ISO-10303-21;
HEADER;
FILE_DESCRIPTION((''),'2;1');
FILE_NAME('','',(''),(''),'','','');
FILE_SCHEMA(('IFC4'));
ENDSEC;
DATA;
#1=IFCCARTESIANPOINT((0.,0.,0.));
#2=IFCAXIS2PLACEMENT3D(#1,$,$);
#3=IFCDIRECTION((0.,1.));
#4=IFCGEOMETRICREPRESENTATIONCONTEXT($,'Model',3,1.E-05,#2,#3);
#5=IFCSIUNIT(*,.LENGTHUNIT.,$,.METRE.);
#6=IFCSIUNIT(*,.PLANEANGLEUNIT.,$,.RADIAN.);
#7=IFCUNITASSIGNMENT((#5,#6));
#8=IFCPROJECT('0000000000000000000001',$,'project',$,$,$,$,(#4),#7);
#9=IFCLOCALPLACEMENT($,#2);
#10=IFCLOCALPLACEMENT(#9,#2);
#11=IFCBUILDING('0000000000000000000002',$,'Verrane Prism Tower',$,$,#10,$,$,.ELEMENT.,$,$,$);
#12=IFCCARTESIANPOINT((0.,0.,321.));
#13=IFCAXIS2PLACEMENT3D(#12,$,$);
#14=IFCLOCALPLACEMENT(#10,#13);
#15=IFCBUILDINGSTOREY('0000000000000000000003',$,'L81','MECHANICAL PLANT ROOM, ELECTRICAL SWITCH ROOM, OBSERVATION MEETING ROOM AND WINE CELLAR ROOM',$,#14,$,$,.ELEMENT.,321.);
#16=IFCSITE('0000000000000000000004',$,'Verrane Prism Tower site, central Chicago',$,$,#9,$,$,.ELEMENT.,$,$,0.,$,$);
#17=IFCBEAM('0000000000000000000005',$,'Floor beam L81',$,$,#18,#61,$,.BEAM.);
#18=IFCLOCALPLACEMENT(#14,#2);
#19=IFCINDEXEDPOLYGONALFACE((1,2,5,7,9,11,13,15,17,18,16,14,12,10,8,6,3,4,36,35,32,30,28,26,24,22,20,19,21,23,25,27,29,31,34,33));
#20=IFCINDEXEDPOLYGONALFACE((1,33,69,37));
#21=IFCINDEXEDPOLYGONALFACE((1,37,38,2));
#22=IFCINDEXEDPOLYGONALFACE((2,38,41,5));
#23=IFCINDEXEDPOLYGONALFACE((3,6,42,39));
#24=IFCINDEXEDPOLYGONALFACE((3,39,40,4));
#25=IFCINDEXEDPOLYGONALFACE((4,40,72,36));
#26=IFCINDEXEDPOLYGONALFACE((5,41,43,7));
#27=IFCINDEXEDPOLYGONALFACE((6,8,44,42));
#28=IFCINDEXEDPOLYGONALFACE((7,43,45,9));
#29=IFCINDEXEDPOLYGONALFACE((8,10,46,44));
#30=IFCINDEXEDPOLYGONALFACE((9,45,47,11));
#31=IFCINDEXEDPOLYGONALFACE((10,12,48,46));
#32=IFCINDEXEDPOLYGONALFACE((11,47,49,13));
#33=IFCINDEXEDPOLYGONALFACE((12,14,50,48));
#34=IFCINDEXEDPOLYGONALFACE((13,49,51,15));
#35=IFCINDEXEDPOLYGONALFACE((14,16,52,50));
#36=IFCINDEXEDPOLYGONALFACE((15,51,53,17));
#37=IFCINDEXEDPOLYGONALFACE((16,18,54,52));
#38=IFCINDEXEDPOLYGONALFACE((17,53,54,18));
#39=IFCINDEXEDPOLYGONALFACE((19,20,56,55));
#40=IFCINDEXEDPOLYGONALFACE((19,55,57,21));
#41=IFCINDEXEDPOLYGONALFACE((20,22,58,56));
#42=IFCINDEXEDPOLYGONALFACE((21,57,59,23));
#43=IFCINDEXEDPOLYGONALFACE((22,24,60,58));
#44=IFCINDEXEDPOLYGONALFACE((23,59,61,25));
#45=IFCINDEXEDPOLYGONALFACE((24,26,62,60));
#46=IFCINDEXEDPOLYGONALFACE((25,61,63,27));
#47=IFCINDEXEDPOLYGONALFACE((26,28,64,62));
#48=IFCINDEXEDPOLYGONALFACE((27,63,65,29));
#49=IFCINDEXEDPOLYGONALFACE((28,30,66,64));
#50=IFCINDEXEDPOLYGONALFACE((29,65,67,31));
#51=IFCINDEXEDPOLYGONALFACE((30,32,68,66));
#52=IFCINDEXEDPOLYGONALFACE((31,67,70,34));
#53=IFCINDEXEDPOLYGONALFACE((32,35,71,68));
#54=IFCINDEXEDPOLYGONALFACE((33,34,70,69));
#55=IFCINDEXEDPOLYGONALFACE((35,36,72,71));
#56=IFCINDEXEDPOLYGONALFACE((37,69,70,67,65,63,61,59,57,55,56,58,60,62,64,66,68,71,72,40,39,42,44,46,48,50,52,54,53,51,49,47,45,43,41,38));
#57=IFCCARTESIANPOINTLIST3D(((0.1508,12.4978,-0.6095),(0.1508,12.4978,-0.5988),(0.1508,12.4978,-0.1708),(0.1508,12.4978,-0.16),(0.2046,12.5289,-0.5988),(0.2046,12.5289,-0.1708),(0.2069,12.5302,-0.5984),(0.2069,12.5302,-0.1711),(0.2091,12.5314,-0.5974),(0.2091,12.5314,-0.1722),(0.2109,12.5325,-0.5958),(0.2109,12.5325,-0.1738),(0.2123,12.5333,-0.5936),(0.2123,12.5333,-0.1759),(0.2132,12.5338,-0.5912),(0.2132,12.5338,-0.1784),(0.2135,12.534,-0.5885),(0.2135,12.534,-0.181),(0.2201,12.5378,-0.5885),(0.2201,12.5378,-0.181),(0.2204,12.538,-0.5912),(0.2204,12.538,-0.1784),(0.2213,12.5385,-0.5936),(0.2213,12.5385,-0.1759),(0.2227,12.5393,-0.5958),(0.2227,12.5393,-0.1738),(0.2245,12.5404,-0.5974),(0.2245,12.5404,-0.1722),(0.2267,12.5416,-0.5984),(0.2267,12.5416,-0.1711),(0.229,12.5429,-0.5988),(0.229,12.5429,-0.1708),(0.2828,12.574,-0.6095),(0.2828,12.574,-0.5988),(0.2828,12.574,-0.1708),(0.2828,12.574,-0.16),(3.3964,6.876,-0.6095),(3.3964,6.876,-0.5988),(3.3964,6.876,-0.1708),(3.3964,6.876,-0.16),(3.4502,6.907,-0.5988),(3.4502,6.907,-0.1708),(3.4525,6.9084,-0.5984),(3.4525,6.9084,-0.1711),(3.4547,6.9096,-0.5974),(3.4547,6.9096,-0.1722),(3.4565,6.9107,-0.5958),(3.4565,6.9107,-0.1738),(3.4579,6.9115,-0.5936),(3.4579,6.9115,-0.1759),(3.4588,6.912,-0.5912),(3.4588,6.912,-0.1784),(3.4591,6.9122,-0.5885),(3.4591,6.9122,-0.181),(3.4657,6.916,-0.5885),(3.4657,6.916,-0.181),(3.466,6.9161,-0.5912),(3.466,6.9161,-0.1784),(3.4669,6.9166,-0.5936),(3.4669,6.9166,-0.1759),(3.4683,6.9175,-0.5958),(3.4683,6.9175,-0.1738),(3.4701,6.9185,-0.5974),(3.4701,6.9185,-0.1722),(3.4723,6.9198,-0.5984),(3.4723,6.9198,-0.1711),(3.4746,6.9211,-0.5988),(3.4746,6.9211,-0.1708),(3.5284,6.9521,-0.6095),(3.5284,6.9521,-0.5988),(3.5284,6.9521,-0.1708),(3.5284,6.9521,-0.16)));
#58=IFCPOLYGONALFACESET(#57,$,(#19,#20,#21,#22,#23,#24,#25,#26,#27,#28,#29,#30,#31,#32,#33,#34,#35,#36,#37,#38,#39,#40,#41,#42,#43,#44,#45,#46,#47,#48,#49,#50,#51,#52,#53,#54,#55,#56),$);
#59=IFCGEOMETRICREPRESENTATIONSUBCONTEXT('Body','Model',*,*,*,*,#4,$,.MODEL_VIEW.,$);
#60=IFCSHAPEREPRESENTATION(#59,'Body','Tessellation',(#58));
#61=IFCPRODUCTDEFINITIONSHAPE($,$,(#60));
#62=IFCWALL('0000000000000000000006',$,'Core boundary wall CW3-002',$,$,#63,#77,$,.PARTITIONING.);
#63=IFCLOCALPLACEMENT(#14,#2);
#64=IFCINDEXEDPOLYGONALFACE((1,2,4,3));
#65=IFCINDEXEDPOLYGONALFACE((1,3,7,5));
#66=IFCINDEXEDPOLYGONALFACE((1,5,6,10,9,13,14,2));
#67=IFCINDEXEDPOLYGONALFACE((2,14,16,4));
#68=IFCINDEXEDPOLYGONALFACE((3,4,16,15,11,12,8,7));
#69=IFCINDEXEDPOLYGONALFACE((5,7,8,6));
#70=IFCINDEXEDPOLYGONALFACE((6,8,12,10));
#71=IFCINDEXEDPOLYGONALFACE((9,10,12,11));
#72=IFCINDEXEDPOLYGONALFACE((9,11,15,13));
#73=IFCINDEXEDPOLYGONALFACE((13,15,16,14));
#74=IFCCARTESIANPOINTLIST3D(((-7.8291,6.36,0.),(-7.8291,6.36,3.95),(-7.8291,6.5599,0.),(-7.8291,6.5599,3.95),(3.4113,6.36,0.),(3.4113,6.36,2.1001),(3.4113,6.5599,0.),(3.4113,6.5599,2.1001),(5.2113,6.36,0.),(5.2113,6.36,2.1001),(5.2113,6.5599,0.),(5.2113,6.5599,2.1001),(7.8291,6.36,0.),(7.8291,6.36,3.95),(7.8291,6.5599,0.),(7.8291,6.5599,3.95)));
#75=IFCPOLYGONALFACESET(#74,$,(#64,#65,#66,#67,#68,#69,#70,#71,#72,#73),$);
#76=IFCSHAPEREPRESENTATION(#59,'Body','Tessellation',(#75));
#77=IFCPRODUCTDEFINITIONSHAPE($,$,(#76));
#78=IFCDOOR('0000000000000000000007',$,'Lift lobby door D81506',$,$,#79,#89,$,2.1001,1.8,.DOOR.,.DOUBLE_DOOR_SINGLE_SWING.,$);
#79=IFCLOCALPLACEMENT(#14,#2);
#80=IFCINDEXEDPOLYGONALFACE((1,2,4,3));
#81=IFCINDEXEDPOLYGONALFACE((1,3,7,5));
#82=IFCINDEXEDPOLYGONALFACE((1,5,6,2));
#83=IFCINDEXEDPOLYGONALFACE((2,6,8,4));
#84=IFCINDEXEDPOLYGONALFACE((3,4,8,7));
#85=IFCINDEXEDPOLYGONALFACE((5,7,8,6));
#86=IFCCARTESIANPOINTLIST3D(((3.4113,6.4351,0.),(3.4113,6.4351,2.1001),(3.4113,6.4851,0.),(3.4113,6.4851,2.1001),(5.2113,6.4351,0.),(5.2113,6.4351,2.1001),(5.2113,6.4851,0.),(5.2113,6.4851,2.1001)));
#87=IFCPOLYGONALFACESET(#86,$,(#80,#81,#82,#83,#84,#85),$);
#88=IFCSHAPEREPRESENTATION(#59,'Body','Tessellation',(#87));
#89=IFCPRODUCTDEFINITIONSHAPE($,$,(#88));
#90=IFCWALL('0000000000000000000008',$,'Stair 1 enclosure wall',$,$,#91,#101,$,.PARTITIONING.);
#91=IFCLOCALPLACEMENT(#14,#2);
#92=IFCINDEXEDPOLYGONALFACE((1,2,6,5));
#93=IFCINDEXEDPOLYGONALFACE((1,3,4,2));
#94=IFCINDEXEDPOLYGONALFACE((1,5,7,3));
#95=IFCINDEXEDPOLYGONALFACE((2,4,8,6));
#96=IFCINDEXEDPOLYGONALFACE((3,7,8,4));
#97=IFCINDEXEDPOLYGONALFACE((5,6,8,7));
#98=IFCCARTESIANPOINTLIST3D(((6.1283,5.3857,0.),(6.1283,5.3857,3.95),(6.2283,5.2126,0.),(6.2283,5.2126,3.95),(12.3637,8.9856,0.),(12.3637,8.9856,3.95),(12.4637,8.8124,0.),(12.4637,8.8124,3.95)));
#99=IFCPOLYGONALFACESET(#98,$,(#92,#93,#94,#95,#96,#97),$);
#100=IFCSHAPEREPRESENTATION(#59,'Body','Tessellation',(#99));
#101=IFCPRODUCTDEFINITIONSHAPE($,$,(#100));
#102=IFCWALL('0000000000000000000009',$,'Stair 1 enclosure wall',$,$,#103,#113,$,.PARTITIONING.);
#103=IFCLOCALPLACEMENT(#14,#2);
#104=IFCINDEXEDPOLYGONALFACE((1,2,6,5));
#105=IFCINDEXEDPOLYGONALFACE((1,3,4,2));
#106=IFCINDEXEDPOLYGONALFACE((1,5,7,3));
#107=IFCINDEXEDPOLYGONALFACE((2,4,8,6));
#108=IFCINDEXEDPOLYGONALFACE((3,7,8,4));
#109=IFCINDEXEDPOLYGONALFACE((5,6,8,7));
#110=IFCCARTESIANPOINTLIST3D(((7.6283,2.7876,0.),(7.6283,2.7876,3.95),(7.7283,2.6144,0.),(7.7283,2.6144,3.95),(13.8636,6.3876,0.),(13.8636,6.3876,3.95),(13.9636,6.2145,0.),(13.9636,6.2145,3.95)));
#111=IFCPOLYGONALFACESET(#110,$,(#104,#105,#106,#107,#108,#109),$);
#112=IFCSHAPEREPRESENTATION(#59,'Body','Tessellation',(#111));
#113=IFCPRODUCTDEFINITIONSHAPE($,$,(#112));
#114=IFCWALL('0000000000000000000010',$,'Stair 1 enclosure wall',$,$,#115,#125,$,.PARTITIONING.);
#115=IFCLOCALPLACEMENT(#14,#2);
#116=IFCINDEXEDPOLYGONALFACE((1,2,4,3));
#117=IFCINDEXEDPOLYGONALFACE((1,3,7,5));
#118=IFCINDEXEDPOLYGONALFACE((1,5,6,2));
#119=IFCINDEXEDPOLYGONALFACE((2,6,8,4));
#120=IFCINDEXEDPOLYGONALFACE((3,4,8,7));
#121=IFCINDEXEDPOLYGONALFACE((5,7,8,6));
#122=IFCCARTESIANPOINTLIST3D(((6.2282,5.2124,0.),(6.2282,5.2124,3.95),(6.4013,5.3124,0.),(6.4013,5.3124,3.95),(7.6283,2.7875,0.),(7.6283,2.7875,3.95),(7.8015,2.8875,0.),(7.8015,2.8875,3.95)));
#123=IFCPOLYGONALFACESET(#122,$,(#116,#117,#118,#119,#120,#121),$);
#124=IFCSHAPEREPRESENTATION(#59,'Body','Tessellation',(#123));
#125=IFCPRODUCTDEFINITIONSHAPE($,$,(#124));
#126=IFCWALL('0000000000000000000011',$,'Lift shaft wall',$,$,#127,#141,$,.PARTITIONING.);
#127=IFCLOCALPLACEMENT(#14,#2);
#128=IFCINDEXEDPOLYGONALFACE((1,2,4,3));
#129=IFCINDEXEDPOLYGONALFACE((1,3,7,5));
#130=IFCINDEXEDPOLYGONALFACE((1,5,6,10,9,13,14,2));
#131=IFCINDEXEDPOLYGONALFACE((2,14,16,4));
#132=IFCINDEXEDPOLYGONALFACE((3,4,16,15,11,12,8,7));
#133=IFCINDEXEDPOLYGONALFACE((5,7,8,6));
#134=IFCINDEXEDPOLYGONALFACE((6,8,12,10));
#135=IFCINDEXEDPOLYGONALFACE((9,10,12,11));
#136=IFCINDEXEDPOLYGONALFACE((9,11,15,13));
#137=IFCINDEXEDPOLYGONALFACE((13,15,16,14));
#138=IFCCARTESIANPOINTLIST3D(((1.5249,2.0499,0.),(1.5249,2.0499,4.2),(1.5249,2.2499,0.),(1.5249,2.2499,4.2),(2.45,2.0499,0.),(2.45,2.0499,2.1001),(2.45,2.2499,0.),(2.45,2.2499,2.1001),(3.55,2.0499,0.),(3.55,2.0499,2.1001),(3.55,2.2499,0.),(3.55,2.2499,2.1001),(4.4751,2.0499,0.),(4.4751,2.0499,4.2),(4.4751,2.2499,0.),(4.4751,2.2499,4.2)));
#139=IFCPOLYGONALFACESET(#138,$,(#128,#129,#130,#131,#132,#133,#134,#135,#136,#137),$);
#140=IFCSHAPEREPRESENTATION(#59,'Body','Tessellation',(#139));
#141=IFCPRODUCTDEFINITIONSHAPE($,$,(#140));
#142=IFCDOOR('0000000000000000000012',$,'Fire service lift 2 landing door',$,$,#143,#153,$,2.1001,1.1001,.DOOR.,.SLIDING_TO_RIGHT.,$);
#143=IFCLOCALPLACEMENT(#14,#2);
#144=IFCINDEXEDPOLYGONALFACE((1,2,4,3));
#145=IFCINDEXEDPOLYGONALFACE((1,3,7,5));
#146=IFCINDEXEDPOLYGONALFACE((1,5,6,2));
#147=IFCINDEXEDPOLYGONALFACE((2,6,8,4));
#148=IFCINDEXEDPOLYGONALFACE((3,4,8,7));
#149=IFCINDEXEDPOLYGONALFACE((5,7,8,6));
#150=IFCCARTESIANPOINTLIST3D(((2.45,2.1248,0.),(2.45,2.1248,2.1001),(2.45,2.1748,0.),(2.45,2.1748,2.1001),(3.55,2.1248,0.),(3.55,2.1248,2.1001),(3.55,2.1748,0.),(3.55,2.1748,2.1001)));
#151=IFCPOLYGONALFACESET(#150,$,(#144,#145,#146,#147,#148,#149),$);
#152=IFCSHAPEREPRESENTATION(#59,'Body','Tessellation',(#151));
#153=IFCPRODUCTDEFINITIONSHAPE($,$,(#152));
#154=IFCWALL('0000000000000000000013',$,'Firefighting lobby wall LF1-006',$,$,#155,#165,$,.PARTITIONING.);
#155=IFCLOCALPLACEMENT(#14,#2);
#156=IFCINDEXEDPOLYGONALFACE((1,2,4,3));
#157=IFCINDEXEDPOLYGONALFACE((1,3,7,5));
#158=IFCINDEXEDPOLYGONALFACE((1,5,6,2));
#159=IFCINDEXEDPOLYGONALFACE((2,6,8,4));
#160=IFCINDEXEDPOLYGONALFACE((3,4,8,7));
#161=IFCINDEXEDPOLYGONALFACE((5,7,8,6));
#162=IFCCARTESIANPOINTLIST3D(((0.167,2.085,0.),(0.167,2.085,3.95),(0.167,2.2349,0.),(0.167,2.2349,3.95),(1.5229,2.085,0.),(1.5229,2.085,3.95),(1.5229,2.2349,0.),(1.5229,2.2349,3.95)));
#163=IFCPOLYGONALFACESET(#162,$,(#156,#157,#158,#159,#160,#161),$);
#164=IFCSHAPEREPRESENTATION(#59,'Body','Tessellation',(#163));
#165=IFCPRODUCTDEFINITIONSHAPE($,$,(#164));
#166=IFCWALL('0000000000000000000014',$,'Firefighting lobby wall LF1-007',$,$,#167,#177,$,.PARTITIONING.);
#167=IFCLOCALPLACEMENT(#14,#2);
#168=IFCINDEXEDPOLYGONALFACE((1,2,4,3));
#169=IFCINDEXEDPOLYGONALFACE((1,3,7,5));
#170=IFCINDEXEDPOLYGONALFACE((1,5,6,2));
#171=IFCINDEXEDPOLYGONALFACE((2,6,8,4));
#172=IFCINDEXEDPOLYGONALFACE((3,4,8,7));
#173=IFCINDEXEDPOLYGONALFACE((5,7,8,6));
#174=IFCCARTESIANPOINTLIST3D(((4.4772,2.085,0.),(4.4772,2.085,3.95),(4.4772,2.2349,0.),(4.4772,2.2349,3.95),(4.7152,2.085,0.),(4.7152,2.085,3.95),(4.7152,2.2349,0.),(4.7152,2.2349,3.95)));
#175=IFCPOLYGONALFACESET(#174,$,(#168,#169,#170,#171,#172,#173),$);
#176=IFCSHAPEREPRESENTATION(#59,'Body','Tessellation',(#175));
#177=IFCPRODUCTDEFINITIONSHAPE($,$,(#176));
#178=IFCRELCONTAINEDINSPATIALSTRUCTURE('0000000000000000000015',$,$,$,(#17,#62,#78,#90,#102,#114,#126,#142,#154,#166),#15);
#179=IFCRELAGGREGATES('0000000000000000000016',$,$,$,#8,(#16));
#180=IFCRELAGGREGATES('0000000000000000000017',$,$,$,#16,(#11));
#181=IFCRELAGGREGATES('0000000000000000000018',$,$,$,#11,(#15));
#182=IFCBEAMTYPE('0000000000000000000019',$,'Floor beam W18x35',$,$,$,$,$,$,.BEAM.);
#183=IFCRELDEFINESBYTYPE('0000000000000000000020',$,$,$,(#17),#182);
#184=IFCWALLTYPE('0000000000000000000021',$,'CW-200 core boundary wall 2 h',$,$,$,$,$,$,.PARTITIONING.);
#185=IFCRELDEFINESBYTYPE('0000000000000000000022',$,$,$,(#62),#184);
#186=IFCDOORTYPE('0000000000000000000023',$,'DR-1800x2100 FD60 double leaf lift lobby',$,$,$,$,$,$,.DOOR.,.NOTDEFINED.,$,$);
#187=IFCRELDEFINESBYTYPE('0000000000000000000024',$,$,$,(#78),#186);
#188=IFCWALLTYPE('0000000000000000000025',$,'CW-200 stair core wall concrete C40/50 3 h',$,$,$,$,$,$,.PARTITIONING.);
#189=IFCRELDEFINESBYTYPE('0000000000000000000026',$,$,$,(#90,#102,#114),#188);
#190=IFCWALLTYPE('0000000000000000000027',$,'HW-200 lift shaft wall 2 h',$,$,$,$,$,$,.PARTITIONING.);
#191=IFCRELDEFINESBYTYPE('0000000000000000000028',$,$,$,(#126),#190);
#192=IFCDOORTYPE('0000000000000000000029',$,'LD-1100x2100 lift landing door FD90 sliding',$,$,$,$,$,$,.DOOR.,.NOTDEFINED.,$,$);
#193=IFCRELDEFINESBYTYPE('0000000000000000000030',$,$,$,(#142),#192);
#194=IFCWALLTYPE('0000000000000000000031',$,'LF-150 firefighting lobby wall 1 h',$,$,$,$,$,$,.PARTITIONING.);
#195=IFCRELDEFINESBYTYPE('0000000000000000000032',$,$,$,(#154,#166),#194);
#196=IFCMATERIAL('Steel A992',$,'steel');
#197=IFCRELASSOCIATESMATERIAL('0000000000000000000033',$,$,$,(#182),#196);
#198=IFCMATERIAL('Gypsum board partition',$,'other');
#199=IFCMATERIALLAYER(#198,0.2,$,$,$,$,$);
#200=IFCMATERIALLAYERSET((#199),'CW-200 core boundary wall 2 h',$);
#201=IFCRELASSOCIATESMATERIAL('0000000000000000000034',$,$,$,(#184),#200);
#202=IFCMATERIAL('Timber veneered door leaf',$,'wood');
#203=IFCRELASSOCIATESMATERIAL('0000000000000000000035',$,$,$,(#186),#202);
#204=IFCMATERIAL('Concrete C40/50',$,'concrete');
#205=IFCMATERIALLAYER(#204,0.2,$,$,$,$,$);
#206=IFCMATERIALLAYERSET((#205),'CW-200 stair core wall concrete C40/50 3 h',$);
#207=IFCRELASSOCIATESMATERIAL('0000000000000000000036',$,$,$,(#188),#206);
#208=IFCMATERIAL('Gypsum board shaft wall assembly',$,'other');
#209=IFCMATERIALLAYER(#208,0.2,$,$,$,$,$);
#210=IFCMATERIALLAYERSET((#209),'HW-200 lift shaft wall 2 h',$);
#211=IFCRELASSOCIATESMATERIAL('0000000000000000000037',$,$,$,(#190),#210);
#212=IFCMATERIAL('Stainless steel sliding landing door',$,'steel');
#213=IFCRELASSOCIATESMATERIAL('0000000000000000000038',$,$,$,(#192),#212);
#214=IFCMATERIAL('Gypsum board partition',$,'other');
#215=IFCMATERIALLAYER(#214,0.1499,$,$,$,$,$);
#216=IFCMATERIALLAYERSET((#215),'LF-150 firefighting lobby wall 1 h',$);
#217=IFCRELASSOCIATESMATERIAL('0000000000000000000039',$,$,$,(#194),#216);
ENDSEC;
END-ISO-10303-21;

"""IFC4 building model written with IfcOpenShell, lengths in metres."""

from ifc_helpers import new_model, si_unit, direction, frame, frame_2d, origin, origin_2d, place, context, subcontext, project, spatial, rectangle, i_section, extrude, material, layer, layer_set, material_profile, profile_set, type_object, element, fill, save


model = new_model("IFC4")

# Units and contexts
model_context = context("Model", 3, precision=1e-05, world=origin(), true_north=direction((0.0, 1.0)))
body_context = subcontext(model_context, "Body", "Model", "MODEL_VIEW")
ifc_project = project(units=[si_unit("LENGTHUNIT", "METRE"), si_unit("PLANEANGLEUNIT", "RADIAN")], contexts=[model_context])

# Site, building, storey
site_placement = place(None, origin())
site = spatial("IfcSite", under=ifc_project, at=site_placement, Name="Verrane Prism Tower site, central Chicago", CompositionType="ELEMENT", RefElevation=0.0)
building_placement = place(site_placement, origin())
building = spatial("IfcBuilding", under=site, at=building_placement, Name="Verrane Prism Tower", CompositionType="ELEMENT")
storey_placement = place(building_placement, frame((0.0, 0.0, 321.0)))
storey = spatial("IfcBuildingStorey", under=building, at=storey_placement, Name="L81", Description="MECHANICAL PLANT ROOM, ELECTRICAL SWITCH ROOM, OBSERVATION MEETING ROOM AND WINE CELLAR ROOM", CompositionType="ELEMENT", Elevation=321.0)

# Beam
ifc_material_1 = material(Name="Steel A992", Category="steel")
ifc_material_profile_1 = material_profile(ifc_material_1, i_section(OverallWidth=0.1523, OverallDepth=0.4495, WebThickness=0.0076, FlangeThickness=0.0107, FilletRadius=0.0103, at=origin_2d()), Name="W18x35")
ifc_profile_set_1 = profile_set([ifc_material_profile_1], Name="Steel A992")
beam_type_1 = type_object("IfcBeamType", Name="Floor beam W18x35", PredefinedType="BEAM", material=ifc_profile_set_1)
beam_1_placement = place(storey_placement, frame((3.4624, 6.9141, -0.3848), z_axis=(-0.499982, 0.866036, 0.0), x_axis=(-0.866036, -0.499982, 0.0)))
element("IfcBeam", 1, at=beam_1_placement, inside=storey, type_object=beam_type_1, Name="Floor beam L81", PredefinedType="BEAM", context=body_context, shape_type="SweptSolid", body=[
    extrude(i_section(OverallWidth=0.1523, OverallDepth=0.4495, WebThickness=0.0076, FlangeThickness=0.0107, FilletRadius=0.0103, at=origin_2d()), origin(), (0.0, 0.0, 1.0), 6.4915),
])

# Wall, opening, door
ifc_material_2 = material(Name="Gypsum board partition", Category="other")
ifc_layer_1 = layer(ifc_material_2, 0.2)
ifc_layer_set_1 = layer_set([ifc_layer_1], Name="CW-200 core boundary wall 2 h")
wall_type_1 = type_object("IfcWallType", Name="CW-200 core boundary wall 2 h", PredefinedType="PARTITIONING", material=ifc_layer_set_1)
wall_1_placement = place(storey_placement, frame((7.8291, 6.46, 0.0), z_axis=(0.0, 0.0, 1.0), x_axis=(-1.0, 0.0, 0.0)))
wall_1 = element("IfcWall", 2, at=wall_1_placement, inside=storey, type_object=wall_type_1, Name="Core boundary wall CW3-002", PredefinedType="PARTITIONING", context=body_context, shape_type="SweptSolid", body=[
    extrude(rectangle(XDim=15.6582, YDim=0.2, at=frame_2d((7.8291, 0.0))), origin(), (0.0, 0.0, 1.0), 3.95),
])
opening_1_placement = place(wall_1_placement, frame((2.6179, 0.0, 0.0)))
opening_1 = element("IfcOpeningElement", 3, at=opening_1_placement, cuts=wall_1, PredefinedType="OPENING", context=body_context, shape_type="SweptSolid", body=[
    extrude(rectangle(XDim=1.8, YDim=2.1001, at=frame_2d((0.8999, 1.05))), frame((0.0, 0.1099, 0.0), z_axis=(0.0, -1.0, 0.0), x_axis=(1.0, 0.0, 0.0)), (0.0, 0.0, 1.0), 0.22),
])
ifc_material_3 = material(Name="Timber veneered door leaf", Category="wood")
door_type_1 = type_object("IfcDoorType", Name="DR-1800x2100 FD60 double leaf lift lobby", OperationType="NOTDEFINED", PredefinedType="DOOR", material=ifc_material_3)
door_1_placement = place(opening_1_placement, origin())
door_1 = element("IfcDoor", 4, at=door_1_placement, inside=storey, type_object=door_type_1, Name="Lift lobby door D81506", OperationType="DOUBLE_DOOR_SINGLE_SWING", OverallHeight=2.1001, OverallWidth=1.8, PredefinedType="DOOR", context=body_context, shape_type="SweptSolid", body=[
    extrude(rectangle(XDim=1.8, YDim=2.1001, at=frame_2d((0.8999, 1.05))), frame((0.0, 0.0249, 0.0), z_axis=(0.0, -1.0, 0.0), x_axis=(1.0, 0.0, 0.0)), (0.0, 0.0, 1.0), 0.05),
])
fill(opening_1, door_1)

# Walls
ifc_material_4 = material(Name="Concrete C40/50", Category="concrete")
ifc_layer_2 = layer(ifc_material_4, 0.2)
ifc_layer_set_2 = layer_set([ifc_layer_2], Name="CW-200 stair core wall concrete C40/50 3 h")
wall_type_2 = type_object("IfcWallType", Name="CW-200 stair core wall concrete C40/50 3 h", PredefinedType="PARTITIONING", material=ifc_layer_set_2)
for number, where, z_axis, x_axis, name in (
    (5, (6.1782, 5.2991, 0.0), (0.0, 0.0, 1.0), (0.866033, 0.499987, 0.0), "Stair 1 enclosure wall"),
    (6, (7.6782, 2.7009, 0.0), (0.0, 0.0, 1.0), (0.866018, 0.500012, 0.0), "Stair 1 enclosure wall"),
):
    element("IfcWall", number, at=place(storey_placement, frame(where, z_axis=z_axis, x_axis=x_axis)), inside=storey, type_object=wall_type_2, Name=name, PredefinedType="PARTITIONING", context=body_context, shape_type="SweptSolid", body=[
        extrude(rectangle(XDim=7.2, YDim=0.2, at=frame_2d((3.6001, 0.0))), origin(), (0.0, 0.0, 1.0), 3.95),
    ])
wall_2_placement = place(storey_placement, frame((7.7148, 2.8376, 0.0), z_axis=(0.0, 0.0, 1.0), x_axis=(-0.50005, 0.865997, 0.0)))
element("IfcWall", 7, at=wall_2_placement, inside=storey, type_object=wall_type_2, Name="Stair 1 enclosure wall", PredefinedType="PARTITIONING", context=body_context, shape_type="SweptSolid", body=[
    extrude(rectangle(XDim=2.8, YDim=0.2, at=frame_2d((1.3999, 0.0))), origin(), (0.0, 0.0, 1.0), 3.95),
])

# Wall, opening, door
ifc_material_5 = material(Name="Gypsum board shaft wall assembly", Category="other")
ifc_layer_3 = layer(ifc_material_5, 0.2)
ifc_layer_set_3 = layer_set([ifc_layer_3], Name="HW-200 lift shaft wall 2 h")
wall_type_3 = type_object("IfcWallType", Name="HW-200 lift shaft wall 2 h", PredefinedType="PARTITIONING", material=ifc_layer_set_3)
wall_3_placement = place(storey_placement, frame((1.5249, 2.1499, 0.0), z_axis=(0.0, 0.0, 1.0), x_axis=(1.0, 0.0, 0.0)))
wall_3 = element("IfcWall", 8, at=wall_3_placement, inside=storey, type_object=wall_type_3, Name="Lift shaft wall", PredefinedType="PARTITIONING", context=body_context, shape_type="SweptSolid", body=[
    extrude(rectangle(XDim=2.9502, YDim=0.2, at=frame_2d((1.4751, 0.0))), origin(), (0.0, 0.0, 1.0), 4.2),
])
opening_2_placement = place(wall_3_placement, frame((0.925, 0.0, 0.0)))
opening_2 = element("IfcOpeningElement", 9, at=opening_2_placement, cuts=wall_3, PredefinedType="OPENING", context=body_context, shape_type="SweptSolid", body=[
    extrude(rectangle(XDim=1.1001, YDim=2.1001, at=frame_2d((0.55, 1.05))), frame((0.0, 0.1099, 0.0), z_axis=(0.0, -1.0, 0.0), x_axis=(1.0, 0.0, 0.0)), (0.0, 0.0, 1.0), 0.22),
])
ifc_material_6 = material(Name="Stainless steel sliding landing door", Category="steel")
door_type_2 = type_object("IfcDoorType", Name="LD-1100x2100 lift landing door FD90 sliding", OperationType="NOTDEFINED", PredefinedType="DOOR", material=ifc_material_6)
door_2_placement = place(opening_2_placement, origin())
door_2 = element("IfcDoor", 10, at=door_2_placement, inside=storey, type_object=door_type_2, Name="Fire service lift 2 landing door", OperationType="SLIDING_TO_RIGHT", OverallHeight=2.1001, OverallWidth=1.1001, PredefinedType="DOOR", context=body_context, shape_type="SweptSolid", body=[
    extrude(rectangle(XDim=1.1001, YDim=2.1001, at=frame_2d((0.55, 1.05))), frame((0.0, 0.0249, 0.0), z_axis=(0.0, -1.0, 0.0), x_axis=(1.0, 0.0, 0.0)), (0.0, 0.0, 1.0), 0.05),
])
fill(opening_2, door_2)

# Walls
ifc_material_7 = material(Name="Gypsum board partition", Category="other")
ifc_layer_4 = layer(ifc_material_7, 0.1499)
ifc_layer_set_4 = layer_set([ifc_layer_4], Name="LF-150 firefighting lobby wall 1 h")
wall_type_4 = type_object("IfcWallType", Name="LF-150 firefighting lobby wall 1 h", PredefinedType="PARTITIONING", material=ifc_layer_set_4)
wall_4_placement = place(storey_placement, frame((0.167, 2.1599, 0.0), z_axis=(0.0, 0.0, 1.0), x_axis=(1.0, 0.0, 0.0)))
element("IfcWall", 11, at=wall_4_placement, inside=storey, type_object=wall_type_4, Name="Firefighting lobby wall LF1-006", PredefinedType="PARTITIONING", context=body_context, shape_type="SweptSolid", body=[
    extrude(rectangle(XDim=1.356, YDim=0.1499, at=frame_2d((0.678, 0.0))), origin(), (0.0, 0.0, 1.0), 3.95),
])
wall_5_placement = place(storey_placement, frame((4.4771, 2.1599, 0.0), z_axis=(0.0, 0.0, 1.0), x_axis=(1.0, 0.0, 0.0)))
element("IfcWall", 12, at=wall_5_placement, inside=storey, type_object=wall_type_4, Name="Firefighting lobby wall LF1-007", PredefinedType="PARTITIONING", context=body_context, shape_type="SweptSolid", body=[
    extrude(rectangle(XDim=0.238, YDim=0.1499, at=frame_2d((0.1191, 0.0))), origin(), (0.0, 0.0, 1.0), 3.95),
])

save(model, "model.ifc")
